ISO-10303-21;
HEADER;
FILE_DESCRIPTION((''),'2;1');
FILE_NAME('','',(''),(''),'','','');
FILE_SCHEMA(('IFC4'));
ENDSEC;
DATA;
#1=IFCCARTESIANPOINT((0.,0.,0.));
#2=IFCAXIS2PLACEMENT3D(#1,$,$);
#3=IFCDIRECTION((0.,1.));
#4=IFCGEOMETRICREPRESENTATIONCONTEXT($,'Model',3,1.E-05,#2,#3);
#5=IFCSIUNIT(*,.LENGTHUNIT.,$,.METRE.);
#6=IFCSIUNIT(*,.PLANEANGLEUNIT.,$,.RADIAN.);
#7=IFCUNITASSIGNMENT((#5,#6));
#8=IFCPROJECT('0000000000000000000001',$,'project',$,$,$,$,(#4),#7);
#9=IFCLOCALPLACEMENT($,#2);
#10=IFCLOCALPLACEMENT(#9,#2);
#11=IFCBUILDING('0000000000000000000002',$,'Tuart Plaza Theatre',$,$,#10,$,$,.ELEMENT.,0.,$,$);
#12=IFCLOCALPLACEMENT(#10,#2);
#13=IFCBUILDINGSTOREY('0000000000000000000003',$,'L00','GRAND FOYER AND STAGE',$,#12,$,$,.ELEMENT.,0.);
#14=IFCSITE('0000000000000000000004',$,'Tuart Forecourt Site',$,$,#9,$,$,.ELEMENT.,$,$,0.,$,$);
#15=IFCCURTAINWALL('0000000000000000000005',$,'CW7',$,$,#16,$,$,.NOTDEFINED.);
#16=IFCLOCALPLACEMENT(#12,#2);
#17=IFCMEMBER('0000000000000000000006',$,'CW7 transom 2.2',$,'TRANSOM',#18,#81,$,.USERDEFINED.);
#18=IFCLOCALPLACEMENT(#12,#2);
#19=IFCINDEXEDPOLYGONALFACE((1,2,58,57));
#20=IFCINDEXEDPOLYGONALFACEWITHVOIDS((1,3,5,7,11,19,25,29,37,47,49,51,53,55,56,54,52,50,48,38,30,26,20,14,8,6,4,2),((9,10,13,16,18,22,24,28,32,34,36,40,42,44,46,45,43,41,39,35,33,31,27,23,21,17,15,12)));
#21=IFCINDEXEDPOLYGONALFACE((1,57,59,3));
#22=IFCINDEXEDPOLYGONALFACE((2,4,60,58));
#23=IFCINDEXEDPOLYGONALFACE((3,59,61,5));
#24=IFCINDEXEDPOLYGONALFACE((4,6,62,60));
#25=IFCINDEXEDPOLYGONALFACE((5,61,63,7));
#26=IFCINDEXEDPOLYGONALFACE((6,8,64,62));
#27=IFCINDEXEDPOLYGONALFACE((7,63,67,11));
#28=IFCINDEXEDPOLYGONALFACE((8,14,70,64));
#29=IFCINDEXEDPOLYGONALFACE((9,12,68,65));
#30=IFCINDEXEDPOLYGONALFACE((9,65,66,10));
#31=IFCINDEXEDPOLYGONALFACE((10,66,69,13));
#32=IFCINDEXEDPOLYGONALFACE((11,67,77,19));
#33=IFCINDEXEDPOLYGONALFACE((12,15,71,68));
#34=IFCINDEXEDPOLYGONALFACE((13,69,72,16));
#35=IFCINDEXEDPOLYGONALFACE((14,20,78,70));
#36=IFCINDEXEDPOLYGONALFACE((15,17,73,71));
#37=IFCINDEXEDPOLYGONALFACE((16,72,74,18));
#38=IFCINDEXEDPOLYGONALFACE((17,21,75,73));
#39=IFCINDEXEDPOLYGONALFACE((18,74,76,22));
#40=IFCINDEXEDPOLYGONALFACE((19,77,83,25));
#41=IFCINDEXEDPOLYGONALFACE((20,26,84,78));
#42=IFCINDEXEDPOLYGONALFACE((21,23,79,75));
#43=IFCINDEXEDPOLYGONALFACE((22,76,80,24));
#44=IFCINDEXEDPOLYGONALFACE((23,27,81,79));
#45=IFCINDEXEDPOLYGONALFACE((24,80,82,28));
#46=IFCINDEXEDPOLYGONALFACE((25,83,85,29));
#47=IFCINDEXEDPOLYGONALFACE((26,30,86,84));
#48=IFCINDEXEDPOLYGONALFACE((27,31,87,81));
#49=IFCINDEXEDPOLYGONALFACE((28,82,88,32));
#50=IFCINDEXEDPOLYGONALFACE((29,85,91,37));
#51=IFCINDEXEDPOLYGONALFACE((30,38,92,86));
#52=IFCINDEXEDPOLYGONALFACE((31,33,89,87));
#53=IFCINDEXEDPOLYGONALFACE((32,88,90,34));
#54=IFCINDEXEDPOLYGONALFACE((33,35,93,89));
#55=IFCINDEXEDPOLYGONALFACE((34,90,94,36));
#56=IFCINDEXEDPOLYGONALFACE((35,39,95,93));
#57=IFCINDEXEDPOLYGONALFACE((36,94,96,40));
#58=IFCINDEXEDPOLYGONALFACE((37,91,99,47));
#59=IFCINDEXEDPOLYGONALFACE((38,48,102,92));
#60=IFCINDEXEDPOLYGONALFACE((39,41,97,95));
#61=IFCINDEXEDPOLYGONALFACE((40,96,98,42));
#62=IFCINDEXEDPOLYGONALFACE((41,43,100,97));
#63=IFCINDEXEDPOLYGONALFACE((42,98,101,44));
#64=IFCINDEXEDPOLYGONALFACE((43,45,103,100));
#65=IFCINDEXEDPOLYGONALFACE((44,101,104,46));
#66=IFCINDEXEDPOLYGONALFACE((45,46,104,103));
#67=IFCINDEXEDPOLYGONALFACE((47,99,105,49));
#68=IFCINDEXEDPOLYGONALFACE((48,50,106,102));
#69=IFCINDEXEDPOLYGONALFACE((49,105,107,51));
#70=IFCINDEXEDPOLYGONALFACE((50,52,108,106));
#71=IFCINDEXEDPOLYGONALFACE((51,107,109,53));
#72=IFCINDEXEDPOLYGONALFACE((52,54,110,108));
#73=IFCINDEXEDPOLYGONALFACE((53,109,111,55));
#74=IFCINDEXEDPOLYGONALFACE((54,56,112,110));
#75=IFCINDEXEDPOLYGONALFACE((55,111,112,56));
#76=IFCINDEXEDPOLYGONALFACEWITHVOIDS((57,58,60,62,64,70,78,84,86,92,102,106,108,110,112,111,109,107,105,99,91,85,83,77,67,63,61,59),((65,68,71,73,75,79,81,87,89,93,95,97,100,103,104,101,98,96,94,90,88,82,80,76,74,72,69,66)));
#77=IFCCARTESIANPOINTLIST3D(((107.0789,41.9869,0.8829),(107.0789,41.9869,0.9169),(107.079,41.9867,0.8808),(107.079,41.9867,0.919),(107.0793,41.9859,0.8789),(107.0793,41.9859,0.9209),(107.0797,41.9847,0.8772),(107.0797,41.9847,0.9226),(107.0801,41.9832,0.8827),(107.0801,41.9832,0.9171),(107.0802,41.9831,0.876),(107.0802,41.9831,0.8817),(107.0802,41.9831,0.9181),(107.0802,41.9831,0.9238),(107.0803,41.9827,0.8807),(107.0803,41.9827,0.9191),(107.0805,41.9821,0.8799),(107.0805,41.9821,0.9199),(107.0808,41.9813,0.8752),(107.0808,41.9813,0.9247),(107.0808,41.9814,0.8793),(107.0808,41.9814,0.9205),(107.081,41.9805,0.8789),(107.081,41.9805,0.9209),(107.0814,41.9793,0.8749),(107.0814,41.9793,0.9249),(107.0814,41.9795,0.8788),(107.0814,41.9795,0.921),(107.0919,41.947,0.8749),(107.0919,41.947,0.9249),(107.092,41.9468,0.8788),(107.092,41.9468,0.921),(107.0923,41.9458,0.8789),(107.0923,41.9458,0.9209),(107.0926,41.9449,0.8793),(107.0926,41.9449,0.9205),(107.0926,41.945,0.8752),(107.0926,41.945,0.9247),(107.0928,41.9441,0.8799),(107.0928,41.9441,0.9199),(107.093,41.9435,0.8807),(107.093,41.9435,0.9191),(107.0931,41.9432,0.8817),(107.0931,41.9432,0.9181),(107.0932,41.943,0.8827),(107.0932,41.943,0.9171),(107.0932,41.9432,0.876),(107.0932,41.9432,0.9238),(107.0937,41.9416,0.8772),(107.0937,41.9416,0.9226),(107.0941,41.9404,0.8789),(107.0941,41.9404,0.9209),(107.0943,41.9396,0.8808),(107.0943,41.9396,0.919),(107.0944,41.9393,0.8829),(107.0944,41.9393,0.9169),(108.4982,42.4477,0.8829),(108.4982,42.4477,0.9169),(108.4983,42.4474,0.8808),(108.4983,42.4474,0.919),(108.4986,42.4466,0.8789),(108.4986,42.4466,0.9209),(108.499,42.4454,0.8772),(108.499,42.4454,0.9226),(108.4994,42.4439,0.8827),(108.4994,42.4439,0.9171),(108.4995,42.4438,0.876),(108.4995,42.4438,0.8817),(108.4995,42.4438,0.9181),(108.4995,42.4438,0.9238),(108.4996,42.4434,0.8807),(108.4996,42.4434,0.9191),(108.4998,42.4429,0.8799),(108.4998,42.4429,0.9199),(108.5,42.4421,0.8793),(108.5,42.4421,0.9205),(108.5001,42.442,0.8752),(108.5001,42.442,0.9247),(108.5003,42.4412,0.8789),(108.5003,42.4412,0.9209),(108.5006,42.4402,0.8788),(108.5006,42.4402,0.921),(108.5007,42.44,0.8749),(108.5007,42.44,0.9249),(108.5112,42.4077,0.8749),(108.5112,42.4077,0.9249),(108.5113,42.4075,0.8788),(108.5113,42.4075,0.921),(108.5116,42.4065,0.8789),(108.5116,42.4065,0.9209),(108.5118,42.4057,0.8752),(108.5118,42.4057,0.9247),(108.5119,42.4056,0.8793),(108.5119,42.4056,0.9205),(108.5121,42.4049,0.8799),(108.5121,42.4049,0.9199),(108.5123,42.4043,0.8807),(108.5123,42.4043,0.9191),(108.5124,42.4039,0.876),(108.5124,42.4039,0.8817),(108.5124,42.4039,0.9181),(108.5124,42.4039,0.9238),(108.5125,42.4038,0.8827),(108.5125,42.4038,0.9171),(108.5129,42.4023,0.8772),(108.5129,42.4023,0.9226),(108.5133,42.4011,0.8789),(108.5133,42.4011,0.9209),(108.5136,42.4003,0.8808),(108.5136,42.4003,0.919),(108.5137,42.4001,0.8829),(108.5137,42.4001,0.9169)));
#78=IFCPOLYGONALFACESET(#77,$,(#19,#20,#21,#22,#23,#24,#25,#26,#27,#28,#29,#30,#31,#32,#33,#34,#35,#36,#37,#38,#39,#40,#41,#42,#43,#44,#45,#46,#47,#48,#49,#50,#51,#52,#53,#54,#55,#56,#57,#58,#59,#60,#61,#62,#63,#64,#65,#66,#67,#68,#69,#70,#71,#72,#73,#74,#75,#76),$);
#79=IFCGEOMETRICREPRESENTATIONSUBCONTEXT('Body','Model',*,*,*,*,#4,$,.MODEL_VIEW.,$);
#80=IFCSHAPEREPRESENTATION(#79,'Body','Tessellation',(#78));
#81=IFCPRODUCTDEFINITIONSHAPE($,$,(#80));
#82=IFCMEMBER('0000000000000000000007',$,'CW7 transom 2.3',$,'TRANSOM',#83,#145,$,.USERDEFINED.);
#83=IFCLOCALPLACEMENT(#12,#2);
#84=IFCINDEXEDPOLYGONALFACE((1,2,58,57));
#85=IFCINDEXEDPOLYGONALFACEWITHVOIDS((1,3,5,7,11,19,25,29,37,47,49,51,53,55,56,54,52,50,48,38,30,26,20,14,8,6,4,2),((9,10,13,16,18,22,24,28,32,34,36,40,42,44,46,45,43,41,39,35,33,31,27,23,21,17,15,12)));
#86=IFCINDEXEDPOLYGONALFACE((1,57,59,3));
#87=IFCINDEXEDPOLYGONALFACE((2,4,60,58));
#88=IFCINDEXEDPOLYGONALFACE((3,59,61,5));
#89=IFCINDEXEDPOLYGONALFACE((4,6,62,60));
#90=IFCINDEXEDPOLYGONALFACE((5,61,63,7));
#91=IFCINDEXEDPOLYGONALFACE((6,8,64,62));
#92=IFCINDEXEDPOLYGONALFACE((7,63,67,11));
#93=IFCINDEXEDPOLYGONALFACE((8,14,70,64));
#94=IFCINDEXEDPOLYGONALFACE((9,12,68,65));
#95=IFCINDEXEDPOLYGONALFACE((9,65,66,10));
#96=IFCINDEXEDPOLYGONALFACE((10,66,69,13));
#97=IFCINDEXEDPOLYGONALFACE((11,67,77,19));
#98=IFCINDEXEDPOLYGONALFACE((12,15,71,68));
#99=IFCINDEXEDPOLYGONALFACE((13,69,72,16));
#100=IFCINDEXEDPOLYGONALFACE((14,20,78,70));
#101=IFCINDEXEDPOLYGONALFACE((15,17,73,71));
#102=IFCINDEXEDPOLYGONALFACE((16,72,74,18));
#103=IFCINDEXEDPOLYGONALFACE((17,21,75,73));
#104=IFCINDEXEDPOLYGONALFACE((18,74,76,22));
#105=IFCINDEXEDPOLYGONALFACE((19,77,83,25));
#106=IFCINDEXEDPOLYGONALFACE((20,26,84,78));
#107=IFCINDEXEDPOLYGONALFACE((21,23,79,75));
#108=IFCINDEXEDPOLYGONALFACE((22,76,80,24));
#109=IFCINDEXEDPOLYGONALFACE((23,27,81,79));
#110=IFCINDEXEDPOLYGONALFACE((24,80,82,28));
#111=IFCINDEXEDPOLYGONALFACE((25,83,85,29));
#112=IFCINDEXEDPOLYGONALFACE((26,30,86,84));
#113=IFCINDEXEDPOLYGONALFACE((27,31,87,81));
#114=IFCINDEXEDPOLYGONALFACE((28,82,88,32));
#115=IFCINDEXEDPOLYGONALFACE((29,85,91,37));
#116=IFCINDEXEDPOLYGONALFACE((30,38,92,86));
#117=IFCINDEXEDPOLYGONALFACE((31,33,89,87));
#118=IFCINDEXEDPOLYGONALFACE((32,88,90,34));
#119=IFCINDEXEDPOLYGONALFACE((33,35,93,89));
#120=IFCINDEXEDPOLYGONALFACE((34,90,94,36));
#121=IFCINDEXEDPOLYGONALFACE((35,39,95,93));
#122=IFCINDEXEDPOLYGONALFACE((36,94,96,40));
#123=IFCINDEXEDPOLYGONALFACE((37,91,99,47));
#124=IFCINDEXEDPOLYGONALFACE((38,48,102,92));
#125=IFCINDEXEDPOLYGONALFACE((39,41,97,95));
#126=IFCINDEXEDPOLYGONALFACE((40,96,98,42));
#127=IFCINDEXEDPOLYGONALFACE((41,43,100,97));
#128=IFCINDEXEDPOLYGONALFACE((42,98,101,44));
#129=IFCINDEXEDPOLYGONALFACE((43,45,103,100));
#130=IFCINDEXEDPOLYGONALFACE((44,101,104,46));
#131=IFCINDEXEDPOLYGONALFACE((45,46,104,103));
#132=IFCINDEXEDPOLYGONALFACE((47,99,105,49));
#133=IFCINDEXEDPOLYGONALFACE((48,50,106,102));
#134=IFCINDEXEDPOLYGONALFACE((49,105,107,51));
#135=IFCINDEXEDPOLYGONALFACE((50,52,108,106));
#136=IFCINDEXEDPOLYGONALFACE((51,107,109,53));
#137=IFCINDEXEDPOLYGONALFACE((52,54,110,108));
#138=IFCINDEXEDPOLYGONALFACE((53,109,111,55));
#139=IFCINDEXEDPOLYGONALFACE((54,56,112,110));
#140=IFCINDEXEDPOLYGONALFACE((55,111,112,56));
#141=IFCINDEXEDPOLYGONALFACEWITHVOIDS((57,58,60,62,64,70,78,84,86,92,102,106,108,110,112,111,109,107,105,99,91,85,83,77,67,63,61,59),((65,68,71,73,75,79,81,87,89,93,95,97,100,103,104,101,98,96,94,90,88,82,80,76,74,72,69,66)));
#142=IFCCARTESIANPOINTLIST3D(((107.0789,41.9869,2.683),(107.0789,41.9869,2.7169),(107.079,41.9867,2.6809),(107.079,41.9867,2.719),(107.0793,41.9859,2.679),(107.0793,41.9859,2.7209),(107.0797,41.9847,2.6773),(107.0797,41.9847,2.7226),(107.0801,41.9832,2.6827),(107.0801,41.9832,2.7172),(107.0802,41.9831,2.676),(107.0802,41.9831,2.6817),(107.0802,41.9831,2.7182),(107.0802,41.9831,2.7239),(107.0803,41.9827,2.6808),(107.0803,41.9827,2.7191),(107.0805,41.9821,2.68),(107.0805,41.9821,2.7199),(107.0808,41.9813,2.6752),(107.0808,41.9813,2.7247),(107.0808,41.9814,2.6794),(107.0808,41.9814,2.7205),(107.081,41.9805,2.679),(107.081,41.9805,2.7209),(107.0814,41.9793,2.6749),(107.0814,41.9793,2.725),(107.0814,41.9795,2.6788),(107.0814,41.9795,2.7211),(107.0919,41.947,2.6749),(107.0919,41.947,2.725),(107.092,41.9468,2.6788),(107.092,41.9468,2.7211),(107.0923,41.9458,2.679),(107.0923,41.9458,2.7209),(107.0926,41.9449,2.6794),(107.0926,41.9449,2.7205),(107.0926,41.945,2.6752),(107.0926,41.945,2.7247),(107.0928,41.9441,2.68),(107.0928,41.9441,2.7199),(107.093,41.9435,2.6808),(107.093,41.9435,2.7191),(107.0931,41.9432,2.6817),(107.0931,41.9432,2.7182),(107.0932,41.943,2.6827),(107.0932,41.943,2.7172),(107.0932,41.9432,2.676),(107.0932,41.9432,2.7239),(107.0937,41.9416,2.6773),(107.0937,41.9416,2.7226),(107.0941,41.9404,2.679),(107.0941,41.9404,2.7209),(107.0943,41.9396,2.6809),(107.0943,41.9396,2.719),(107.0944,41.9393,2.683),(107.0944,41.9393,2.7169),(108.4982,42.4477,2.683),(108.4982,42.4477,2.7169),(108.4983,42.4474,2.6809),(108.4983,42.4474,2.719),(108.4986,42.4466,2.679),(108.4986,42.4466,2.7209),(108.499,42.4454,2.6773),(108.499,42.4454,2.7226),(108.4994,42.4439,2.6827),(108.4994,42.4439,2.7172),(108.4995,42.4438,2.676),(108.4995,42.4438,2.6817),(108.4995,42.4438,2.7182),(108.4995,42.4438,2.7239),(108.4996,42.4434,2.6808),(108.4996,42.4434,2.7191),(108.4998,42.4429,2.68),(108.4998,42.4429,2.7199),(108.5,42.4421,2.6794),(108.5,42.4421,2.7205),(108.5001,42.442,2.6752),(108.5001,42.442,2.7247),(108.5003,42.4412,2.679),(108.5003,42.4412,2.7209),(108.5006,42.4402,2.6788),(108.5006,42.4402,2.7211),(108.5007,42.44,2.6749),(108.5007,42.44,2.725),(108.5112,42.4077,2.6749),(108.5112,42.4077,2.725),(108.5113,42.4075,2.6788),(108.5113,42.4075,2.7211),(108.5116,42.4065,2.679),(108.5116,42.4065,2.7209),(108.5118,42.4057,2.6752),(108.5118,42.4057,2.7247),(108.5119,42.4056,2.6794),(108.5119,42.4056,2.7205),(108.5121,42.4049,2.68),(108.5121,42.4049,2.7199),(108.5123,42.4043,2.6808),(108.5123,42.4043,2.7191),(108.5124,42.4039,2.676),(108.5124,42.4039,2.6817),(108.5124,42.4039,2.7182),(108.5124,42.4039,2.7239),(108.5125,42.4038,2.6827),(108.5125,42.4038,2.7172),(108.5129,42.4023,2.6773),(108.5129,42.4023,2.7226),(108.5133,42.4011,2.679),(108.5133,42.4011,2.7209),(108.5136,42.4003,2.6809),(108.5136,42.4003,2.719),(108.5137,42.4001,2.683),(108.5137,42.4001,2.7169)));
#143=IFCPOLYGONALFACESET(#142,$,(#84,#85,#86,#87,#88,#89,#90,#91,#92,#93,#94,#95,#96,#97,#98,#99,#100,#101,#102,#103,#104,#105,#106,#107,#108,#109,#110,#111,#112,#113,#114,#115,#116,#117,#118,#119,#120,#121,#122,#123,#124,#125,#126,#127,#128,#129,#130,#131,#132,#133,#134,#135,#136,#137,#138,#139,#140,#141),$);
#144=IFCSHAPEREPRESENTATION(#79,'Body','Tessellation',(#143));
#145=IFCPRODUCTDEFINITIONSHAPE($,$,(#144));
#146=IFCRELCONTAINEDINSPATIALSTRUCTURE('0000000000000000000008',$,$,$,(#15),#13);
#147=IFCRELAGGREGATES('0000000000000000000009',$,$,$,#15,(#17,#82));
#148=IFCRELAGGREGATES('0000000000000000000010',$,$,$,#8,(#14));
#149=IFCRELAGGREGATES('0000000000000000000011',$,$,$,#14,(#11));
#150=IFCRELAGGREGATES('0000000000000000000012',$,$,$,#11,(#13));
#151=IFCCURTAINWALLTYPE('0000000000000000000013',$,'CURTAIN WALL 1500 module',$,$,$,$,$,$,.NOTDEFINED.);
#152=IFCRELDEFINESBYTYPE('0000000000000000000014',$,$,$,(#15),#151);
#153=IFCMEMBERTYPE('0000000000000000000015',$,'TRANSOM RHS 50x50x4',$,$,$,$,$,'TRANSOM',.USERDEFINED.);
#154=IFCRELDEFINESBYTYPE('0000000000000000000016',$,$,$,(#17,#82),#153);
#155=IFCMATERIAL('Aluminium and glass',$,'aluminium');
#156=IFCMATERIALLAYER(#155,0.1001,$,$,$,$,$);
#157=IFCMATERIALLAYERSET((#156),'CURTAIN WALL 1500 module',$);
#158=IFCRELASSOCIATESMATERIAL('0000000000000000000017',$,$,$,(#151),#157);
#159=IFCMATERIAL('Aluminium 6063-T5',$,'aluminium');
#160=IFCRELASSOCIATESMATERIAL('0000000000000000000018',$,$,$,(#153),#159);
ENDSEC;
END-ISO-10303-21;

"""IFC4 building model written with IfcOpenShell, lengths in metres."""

from ifc_helpers import new_model, si_unit, direction, frame, origin, origin_2d, place, context, subcontext, project, spatial, hollow_rectangle, extrude, material, layer, layer_set, material_profile, profile_set, type_object, element, aggregate, save


model = new_model("IFC4")

# Units and contexts
model_context = context("Model", 3, precision=1e-05, world=origin(), true_north=direction((0.0, 1.0)))
body_context = subcontext(model_context, "Body", "Model", "MODEL_VIEW")
ifc_project = project(units=[si_unit("LENGTHUNIT", "METRE"), si_unit("PLANEANGLEUNIT", "RADIAN")], contexts=[model_context])

# Site, building, storey
site_placement = place(None, origin())
site = spatial("IfcSite", under=ifc_project, at=site_placement, Name="Tuart Forecourt Site", CompositionType="ELEMENT", RefElevation=0.0)
building_placement = place(site_placement, origin())
building = spatial("IfcBuilding", under=site, at=building_placement, Name="Tuart Plaza Theatre", CompositionType="ELEMENT", ElevationOfRefHeight=0.0)
storey_placement = place(building_placement, origin())
storey = spatial("IfcBuildingStorey", under=building, at=storey_placement, Name="L00", Description="GRAND FOYER AND STAGE", CompositionType="ELEMENT", Elevation=0.0)

# Curtain wall
ifc_material_1 = material(Name="Aluminium and glass", Category="aluminium")
ifc_layer_1 = layer(ifc_material_1, 0.1001)
ifc_layer_set_1 = layer_set([ifc_layer_1], Name="CURTAIN WALL 1500 module")
curtain_wall_type = type_object("IfcCurtainWallType", Name="CURTAIN WALL 1500 module", PredefinedType="NOTDEFINED", material=ifc_layer_set_1)
curtain_wall_1_placement = place(storey_placement, origin())
curtain_wall_1 = element("IfcCurtainWall", 1, at=curtain_wall_1_placement, inside=storey, type_object=curtain_wall_type, Name="CW7", PredefinedType="NOTDEFINED")

# Members
ifc_material_2 = material(Name="Aluminium 6063-T5", Category="aluminium")
ifc_material_profile_1 = material_profile(ifc_material_2, hollow_rectangle(XDim=0.05, YDim=0.05, WallThickness=0.0039, InnerFilletRadius=0.0039, OuterFilletRadius=0.0081, at=origin_2d()), Name="RHS 50x50x4")
ifc_profile_set_1 = profile_set([ifc_material_profile_1], Name="Aluminium 6063-T5")
member_type_1 = type_object("IfcMemberType", Name="TRANSOM RHS 50x50x4", ElementType="TRANSOM", PredefinedType="USERDEFINED", material=ifc_profile_set_1)
member_1_placement = place(storey_placement, frame((107.0867, 41.9631, 0.8999), z_axis=(0.951141, 0.308757, 0.0), x_axis=(-0.308757, 0.951141, 0.0)))
member_1 = element("IfcMember", 2, at=member_1_placement, type_object=member_type_1, Name="CW7 transom 2.2", ObjectType="TRANSOM", PredefinedType="USERDEFINED", context=body_context, shape_type="SweptSolid", body=[
    extrude(hollow_rectangle(XDim=0.05, YDim=0.05, WallThickness=0.0039, InnerFilletRadius=0.0039, OuterFilletRadius=0.0081, at=origin_2d()), origin(), (0.0, 0.0, 1.0), 1.4922),
])
member_2_placement = place(storey_placement, frame((107.0867, 41.9631, 2.7), z_axis=(0.951141, 0.308757, 0.0), x_axis=(-0.308757, 0.951141, 0.0)))
member_2 = element("IfcMember", 3, at=member_2_placement, type_object=member_type_1, Name="CW7 transom 2.3", ObjectType="TRANSOM", PredefinedType="USERDEFINED", context=body_context, shape_type="SweptSolid", body=[
    extrude(hollow_rectangle(XDim=0.05, YDim=0.05, WallThickness=0.0039, InnerFilletRadius=0.0039, OuterFilletRadius=0.0081, at=origin_2d()), origin(), (0.0, 0.0, 1.0), 1.4922),
])

aggregate(curtain_wall_1, [member_1, member_2])

save(model, "model.ifc")
